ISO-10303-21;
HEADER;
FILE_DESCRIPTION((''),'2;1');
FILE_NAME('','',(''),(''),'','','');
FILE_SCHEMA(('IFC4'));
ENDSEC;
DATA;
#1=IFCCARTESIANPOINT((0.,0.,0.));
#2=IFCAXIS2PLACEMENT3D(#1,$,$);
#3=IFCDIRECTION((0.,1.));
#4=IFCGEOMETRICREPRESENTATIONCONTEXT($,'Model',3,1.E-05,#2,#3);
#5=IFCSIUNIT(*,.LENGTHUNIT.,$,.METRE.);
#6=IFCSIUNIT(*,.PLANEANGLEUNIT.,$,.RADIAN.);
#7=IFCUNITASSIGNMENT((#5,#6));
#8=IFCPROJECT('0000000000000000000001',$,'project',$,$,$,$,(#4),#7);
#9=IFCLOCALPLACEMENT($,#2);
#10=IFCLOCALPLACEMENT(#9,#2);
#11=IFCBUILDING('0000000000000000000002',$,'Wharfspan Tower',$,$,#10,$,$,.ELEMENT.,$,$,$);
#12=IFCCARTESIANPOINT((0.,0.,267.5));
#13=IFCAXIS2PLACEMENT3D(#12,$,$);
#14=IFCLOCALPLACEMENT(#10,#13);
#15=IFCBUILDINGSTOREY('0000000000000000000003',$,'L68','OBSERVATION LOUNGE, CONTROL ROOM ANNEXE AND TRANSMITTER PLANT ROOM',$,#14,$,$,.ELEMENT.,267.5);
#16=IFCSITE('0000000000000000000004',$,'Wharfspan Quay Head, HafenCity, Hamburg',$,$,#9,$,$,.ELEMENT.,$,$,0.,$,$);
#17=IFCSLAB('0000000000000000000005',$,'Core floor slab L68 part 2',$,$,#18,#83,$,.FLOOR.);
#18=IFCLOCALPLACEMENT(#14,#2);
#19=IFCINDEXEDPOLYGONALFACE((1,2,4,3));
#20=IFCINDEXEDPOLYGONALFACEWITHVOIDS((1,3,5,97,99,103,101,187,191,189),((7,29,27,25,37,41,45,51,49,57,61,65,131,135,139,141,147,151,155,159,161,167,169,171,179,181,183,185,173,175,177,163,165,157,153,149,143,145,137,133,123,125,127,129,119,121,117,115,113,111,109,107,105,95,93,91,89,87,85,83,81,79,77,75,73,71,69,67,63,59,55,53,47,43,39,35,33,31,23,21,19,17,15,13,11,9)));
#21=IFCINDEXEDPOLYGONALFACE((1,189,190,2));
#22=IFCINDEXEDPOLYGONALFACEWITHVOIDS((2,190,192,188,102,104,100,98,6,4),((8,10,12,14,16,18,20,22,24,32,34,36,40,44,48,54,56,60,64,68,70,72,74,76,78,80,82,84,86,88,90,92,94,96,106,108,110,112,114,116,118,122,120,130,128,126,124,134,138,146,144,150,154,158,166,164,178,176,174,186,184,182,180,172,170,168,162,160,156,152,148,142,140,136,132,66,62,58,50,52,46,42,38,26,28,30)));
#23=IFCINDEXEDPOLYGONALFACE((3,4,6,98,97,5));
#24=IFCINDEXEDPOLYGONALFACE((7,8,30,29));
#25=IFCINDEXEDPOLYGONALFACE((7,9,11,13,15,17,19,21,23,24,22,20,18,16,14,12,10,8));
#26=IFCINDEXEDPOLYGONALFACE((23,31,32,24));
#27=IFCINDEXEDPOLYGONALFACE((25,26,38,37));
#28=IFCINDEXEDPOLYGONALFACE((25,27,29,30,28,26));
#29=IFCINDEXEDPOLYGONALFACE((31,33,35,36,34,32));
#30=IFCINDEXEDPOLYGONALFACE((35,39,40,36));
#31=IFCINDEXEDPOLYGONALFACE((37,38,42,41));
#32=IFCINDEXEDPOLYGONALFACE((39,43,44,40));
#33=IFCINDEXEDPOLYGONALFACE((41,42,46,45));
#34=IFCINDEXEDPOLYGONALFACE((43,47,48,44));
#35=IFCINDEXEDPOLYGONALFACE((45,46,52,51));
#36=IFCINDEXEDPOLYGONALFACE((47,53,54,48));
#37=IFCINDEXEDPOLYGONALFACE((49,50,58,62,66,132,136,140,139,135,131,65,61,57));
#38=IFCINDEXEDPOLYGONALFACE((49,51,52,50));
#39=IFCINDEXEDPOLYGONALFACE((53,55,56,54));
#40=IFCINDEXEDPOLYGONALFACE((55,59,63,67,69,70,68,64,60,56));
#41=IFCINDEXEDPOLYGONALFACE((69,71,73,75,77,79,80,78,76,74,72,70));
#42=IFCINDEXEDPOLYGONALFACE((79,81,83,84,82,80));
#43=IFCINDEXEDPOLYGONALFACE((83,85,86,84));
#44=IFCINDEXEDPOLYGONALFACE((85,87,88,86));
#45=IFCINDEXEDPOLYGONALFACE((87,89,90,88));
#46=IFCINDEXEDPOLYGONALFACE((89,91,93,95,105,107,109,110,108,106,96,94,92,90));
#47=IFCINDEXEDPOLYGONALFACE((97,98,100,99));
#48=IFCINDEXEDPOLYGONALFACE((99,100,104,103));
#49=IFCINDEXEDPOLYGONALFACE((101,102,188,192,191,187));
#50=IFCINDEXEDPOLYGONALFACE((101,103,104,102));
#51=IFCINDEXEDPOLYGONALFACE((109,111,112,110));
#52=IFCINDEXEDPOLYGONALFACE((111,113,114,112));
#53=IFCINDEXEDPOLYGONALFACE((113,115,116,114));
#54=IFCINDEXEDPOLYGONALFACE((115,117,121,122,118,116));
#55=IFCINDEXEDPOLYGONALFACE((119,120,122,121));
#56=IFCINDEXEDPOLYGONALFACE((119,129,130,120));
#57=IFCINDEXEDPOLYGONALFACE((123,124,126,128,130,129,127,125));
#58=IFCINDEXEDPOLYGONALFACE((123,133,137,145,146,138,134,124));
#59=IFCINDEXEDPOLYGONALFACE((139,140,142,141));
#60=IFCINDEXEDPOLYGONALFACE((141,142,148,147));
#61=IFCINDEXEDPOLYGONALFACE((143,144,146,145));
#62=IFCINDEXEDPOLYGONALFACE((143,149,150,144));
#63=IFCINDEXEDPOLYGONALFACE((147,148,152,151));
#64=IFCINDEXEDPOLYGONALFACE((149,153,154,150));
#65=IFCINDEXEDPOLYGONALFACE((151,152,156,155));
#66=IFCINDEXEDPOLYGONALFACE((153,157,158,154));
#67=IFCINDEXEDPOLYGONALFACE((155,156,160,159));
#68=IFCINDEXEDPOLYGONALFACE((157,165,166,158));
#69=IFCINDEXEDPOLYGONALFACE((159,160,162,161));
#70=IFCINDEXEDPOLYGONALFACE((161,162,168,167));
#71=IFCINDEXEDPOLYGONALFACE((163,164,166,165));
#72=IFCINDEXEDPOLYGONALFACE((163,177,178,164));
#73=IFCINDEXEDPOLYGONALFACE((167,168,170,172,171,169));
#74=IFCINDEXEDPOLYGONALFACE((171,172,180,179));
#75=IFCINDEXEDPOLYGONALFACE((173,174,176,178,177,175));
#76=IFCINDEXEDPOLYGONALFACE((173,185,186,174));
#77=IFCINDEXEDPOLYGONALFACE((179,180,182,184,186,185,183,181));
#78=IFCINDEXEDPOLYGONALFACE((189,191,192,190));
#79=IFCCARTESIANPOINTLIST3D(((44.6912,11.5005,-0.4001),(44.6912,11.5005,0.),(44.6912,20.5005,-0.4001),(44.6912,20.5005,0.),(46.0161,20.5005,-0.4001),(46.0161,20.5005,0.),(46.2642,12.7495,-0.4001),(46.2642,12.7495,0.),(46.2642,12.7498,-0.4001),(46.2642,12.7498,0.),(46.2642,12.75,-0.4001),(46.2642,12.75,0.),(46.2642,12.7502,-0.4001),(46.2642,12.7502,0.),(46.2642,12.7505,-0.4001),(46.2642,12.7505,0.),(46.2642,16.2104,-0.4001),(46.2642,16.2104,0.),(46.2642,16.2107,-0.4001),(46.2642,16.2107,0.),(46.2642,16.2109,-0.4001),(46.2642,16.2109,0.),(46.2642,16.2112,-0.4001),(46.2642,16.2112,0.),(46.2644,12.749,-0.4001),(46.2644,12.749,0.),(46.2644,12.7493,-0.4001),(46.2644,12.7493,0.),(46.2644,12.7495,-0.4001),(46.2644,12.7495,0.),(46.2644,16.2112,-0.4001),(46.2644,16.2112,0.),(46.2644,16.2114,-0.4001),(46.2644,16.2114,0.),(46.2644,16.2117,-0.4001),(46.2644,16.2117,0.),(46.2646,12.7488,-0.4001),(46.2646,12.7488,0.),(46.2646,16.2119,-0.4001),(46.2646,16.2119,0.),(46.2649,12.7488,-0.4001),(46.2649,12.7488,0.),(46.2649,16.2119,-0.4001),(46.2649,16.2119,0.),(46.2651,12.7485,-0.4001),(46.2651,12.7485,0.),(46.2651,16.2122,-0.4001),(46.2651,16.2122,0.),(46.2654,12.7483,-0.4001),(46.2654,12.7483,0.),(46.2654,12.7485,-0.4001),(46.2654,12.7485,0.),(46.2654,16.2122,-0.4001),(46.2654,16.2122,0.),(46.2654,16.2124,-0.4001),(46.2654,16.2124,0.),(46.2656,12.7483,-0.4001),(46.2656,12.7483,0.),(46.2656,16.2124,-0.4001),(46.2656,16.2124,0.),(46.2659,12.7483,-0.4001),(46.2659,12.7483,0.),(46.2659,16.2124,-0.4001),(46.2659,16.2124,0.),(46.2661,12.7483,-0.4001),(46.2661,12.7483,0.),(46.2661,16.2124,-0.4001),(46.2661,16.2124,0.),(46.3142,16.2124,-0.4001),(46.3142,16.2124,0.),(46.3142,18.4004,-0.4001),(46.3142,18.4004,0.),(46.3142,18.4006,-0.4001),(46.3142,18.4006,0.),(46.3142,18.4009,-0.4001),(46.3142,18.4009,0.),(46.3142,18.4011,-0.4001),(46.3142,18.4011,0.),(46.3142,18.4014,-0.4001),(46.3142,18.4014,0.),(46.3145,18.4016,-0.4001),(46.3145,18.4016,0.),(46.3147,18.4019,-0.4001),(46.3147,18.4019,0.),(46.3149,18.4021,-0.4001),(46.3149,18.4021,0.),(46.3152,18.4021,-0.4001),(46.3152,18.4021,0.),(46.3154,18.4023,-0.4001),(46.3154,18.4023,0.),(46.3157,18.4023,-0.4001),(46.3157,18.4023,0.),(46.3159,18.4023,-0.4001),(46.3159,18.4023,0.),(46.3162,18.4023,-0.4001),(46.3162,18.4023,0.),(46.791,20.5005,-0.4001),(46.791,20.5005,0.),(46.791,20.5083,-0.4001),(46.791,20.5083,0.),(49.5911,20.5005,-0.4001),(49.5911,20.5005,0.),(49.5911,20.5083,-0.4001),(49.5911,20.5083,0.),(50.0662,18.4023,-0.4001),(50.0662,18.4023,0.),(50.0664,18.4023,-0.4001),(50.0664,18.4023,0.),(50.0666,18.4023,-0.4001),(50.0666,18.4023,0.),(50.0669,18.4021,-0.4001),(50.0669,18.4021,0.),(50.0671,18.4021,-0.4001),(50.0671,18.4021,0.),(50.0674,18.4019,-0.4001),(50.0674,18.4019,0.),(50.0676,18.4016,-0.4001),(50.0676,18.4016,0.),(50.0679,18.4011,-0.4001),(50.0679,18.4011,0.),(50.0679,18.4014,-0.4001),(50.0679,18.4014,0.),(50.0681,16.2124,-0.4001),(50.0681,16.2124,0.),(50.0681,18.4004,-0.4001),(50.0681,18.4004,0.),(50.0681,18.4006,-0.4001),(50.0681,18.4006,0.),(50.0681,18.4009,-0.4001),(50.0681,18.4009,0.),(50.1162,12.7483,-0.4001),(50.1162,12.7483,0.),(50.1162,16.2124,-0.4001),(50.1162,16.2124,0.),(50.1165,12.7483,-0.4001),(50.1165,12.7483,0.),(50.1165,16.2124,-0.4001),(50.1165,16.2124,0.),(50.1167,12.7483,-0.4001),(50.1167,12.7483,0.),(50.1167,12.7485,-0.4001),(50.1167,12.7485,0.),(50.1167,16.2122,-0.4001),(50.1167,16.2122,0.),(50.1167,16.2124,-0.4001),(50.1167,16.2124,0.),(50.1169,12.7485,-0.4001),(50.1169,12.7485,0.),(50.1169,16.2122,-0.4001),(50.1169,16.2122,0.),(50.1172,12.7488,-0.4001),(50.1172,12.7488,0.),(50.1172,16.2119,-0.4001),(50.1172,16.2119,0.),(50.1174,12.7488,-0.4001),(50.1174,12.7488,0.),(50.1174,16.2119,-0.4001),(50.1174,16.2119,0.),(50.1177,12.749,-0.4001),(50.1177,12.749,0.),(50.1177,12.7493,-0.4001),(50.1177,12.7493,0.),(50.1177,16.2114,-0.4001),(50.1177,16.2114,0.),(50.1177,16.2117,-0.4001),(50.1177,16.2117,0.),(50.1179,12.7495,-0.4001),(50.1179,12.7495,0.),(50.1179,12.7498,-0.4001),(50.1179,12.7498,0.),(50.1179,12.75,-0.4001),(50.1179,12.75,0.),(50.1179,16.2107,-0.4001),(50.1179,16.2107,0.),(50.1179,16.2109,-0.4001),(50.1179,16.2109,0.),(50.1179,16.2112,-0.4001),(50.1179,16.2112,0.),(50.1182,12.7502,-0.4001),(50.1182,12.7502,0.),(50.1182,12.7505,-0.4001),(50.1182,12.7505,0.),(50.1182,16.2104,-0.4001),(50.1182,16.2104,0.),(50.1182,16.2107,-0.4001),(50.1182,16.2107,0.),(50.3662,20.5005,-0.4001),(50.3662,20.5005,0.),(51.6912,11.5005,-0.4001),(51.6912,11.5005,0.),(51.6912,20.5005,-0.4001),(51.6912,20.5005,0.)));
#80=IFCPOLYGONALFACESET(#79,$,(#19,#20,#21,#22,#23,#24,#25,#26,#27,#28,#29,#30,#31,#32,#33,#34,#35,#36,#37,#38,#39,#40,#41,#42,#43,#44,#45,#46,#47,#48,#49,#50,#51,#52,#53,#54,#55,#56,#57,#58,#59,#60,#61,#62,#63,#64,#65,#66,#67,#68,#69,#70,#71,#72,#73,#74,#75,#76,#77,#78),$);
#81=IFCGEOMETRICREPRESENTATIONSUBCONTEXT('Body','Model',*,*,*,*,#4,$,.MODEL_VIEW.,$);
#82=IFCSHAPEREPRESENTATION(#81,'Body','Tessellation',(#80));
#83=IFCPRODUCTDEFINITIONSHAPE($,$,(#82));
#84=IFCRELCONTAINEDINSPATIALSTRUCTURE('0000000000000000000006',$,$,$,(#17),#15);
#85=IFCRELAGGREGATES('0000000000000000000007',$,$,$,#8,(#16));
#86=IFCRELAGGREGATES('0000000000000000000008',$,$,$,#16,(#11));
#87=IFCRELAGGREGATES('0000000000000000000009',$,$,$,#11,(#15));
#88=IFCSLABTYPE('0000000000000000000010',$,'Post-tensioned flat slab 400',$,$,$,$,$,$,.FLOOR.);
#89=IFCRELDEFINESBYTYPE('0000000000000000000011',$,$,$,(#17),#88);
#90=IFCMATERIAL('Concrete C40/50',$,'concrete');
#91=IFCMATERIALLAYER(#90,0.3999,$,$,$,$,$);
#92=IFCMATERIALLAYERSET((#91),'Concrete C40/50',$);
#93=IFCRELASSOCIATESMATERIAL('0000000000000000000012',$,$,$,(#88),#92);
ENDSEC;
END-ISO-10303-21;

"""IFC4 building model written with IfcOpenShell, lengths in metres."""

from ifc_helpers import new_model, si_unit, direction, frame, origin, place, context, subcontext, project, spatial, polyline, outline, extrude, material, layer, layer_set, type_object, element, save


model = new_model("IFC4")

# Units and contexts
model_context = context("Model", 3, precision=1e-05, world=origin(), true_north=direction((0.0, 1.0)))
body_context = subcontext(model_context, "Body", "Model", "MODEL_VIEW")
ifc_project = project(units=[si_unit("LENGTHUNIT", "METRE"), si_unit("PLANEANGLEUNIT", "RADIAN")], contexts=[model_context])

# Site, building, storey
site_placement = place(None, origin())
site = spatial("IfcSite", under=ifc_project, at=site_placement, Name="Wharfspan Quay Head, HafenCity, Hamburg", CompositionType="ELEMENT", RefElevation=0.0)
building_placement = place(site_placement, origin())
building = spatial("IfcBuilding", under=site, at=building_placement, Name="Wharfspan Tower", CompositionType="ELEMENT")
storey_placement = place(building_placement, frame((0.0, 0.0, 267.5)))
storey = spatial("IfcBuildingStorey", under=building, at=storey_placement, Name="L68", Description="OBSERVATION LOUNGE, CONTROL ROOM ANNEXE AND TRANSMITTER PLANT ROOM", CompositionType="ELEMENT", Elevation=267.5)

# Slab
ifc_material_1 = material(Name="Concrete C40/50", Category="concrete")
ifc_layer_1 = layer(ifc_material_1, 0.3999)
ifc_layer_set_1 = layer_set([ifc_layer_1], Name="Concrete C40/50")
slab_type_1 = type_object("IfcSlabType", Name="Post-tensioned flat slab 400", PredefinedType="FLOOR", material=ifc_layer_set_1)
slab_1_placement = place(storey_placement, frame((0.0, 0.0, -0.4001)))
element("IfcSlab", 1, at=slab_1_placement, inside=storey, type_object=slab_type_1, Name="Core floor slab L68 part 2", PredefinedType="FLOOR", context=body_context, shape_type="SweptSolid", body=[
    extrude(outline(polyline([(46.0161, 20.5005), (44.6912, 20.5005), (44.6912, 11.5005), (51.6912, 11.5005), (51.6912, 20.5005), (50.3662, 20.5005), (49.5911, 20.5005), (49.5911, 20.5083), (46.791, 20.5083), (46.791, 20.5005), (46.0161, 20.5005)]), holes=[polyline([(50.0662, 18.4023), (50.0664, 18.4023), (50.0664, 18.4023), (50.0667, 18.4023), (50.0669, 18.4021), (50.0669, 18.4021), (50.0671, 18.4021), (50.0674, 18.4019), (50.0674, 18.4019), (50.0676, 18.4016), (50.0676, 18.4016), (50.0679, 18.4014), (50.0679, 18.4011), (50.0681, 18.4009), (50.0681, 18.4009), (50.0681, 18.4006), (50.0681, 18.4004), (50.0681, 16.2124), (50.1162, 16.2124), (50.1162, 16.2124), (50.1165, 16.2124), (50.1167, 16.2124), (50.1167, 16.2122), (50.1169, 16.2122), (50.1172, 16.2119), (50.1172, 16.2119), (50.1174, 16.2119), (50.1177, 16.2117), (50.1177, 16.2114), (50.1179, 16.2112), (50.1179, 16.2112), (50.1179, 16.2109), (50.1179, 16.2107), (50.1182, 16.2107), (50.1182, 16.2104), (50.1182, 12.7505), (50.1182, 12.7502), (50.1179, 12.75), (50.1179, 12.7498), (50.1179, 12.7495), (50.1179, 12.7495), (50.1177, 12.7493), (50.1177, 12.749), (50.1174, 12.7488), (50.1172, 12.7488), (50.1172, 12.7488), (50.1169, 12.7485), (50.1167, 12.7485), (50.1167, 12.7483), (50.1165, 12.7483), (50.1162, 12.7483), (50.1162, 12.7483), (46.2661, 12.7483), (46.2659, 12.7483), (46.2656, 12.7483), (46.2654, 12.7483), (46.2654, 12.7485), (46.2651, 12.7485), (46.2649, 12.7488), (46.2649, 12.7488), (46.2646, 12.7488), (46.2644, 12.749), (46.2644, 12.7493), (46.2644, 12.7495), (46.2642, 12.7495), (46.2642, 12.7498), (46.2642, 12.75), (46.2642, 12.7502), (46.2642, 12.7505), (46.2642, 16.2104), (46.2642, 16.2107), (46.2642, 16.2107), (46.2642, 16.2109), (46.2642, 16.2112), (46.2644, 16.2112), (46.2644, 16.2114), (46.2644, 16.2117), (46.2646, 16.2119), (46.2649, 16.2119), (46.2649, 16.2119), (46.2651, 16.2122), (46.2654, 16.2122), (46.2654, 16.2124), (46.2656, 16.2124), (46.2659, 16.2124), (46.2661, 16.2124), (46.3142, 16.2124), (46.3142, 18.4004), (46.3142, 18.4006), (46.3142, 18.4009), (46.3142, 18.4009), (46.3142, 18.4011), (46.3142, 18.4014), (46.3145, 18.4016), (46.3145, 18.4016), (46.3147, 18.4019), (46.3147, 18.4019), (46.3149, 18.4021), (46.3152, 18.4021), (46.3152, 18.4021), (46.3154, 18.4023), (46.3157, 18.4023), (46.3159, 18.4023), (46.3162, 18.4023), (50.0662, 18.4023)])]), origin(), (0.0, 0.0, 1.0), 0.4001),
])

save(model, "model.ifc")
